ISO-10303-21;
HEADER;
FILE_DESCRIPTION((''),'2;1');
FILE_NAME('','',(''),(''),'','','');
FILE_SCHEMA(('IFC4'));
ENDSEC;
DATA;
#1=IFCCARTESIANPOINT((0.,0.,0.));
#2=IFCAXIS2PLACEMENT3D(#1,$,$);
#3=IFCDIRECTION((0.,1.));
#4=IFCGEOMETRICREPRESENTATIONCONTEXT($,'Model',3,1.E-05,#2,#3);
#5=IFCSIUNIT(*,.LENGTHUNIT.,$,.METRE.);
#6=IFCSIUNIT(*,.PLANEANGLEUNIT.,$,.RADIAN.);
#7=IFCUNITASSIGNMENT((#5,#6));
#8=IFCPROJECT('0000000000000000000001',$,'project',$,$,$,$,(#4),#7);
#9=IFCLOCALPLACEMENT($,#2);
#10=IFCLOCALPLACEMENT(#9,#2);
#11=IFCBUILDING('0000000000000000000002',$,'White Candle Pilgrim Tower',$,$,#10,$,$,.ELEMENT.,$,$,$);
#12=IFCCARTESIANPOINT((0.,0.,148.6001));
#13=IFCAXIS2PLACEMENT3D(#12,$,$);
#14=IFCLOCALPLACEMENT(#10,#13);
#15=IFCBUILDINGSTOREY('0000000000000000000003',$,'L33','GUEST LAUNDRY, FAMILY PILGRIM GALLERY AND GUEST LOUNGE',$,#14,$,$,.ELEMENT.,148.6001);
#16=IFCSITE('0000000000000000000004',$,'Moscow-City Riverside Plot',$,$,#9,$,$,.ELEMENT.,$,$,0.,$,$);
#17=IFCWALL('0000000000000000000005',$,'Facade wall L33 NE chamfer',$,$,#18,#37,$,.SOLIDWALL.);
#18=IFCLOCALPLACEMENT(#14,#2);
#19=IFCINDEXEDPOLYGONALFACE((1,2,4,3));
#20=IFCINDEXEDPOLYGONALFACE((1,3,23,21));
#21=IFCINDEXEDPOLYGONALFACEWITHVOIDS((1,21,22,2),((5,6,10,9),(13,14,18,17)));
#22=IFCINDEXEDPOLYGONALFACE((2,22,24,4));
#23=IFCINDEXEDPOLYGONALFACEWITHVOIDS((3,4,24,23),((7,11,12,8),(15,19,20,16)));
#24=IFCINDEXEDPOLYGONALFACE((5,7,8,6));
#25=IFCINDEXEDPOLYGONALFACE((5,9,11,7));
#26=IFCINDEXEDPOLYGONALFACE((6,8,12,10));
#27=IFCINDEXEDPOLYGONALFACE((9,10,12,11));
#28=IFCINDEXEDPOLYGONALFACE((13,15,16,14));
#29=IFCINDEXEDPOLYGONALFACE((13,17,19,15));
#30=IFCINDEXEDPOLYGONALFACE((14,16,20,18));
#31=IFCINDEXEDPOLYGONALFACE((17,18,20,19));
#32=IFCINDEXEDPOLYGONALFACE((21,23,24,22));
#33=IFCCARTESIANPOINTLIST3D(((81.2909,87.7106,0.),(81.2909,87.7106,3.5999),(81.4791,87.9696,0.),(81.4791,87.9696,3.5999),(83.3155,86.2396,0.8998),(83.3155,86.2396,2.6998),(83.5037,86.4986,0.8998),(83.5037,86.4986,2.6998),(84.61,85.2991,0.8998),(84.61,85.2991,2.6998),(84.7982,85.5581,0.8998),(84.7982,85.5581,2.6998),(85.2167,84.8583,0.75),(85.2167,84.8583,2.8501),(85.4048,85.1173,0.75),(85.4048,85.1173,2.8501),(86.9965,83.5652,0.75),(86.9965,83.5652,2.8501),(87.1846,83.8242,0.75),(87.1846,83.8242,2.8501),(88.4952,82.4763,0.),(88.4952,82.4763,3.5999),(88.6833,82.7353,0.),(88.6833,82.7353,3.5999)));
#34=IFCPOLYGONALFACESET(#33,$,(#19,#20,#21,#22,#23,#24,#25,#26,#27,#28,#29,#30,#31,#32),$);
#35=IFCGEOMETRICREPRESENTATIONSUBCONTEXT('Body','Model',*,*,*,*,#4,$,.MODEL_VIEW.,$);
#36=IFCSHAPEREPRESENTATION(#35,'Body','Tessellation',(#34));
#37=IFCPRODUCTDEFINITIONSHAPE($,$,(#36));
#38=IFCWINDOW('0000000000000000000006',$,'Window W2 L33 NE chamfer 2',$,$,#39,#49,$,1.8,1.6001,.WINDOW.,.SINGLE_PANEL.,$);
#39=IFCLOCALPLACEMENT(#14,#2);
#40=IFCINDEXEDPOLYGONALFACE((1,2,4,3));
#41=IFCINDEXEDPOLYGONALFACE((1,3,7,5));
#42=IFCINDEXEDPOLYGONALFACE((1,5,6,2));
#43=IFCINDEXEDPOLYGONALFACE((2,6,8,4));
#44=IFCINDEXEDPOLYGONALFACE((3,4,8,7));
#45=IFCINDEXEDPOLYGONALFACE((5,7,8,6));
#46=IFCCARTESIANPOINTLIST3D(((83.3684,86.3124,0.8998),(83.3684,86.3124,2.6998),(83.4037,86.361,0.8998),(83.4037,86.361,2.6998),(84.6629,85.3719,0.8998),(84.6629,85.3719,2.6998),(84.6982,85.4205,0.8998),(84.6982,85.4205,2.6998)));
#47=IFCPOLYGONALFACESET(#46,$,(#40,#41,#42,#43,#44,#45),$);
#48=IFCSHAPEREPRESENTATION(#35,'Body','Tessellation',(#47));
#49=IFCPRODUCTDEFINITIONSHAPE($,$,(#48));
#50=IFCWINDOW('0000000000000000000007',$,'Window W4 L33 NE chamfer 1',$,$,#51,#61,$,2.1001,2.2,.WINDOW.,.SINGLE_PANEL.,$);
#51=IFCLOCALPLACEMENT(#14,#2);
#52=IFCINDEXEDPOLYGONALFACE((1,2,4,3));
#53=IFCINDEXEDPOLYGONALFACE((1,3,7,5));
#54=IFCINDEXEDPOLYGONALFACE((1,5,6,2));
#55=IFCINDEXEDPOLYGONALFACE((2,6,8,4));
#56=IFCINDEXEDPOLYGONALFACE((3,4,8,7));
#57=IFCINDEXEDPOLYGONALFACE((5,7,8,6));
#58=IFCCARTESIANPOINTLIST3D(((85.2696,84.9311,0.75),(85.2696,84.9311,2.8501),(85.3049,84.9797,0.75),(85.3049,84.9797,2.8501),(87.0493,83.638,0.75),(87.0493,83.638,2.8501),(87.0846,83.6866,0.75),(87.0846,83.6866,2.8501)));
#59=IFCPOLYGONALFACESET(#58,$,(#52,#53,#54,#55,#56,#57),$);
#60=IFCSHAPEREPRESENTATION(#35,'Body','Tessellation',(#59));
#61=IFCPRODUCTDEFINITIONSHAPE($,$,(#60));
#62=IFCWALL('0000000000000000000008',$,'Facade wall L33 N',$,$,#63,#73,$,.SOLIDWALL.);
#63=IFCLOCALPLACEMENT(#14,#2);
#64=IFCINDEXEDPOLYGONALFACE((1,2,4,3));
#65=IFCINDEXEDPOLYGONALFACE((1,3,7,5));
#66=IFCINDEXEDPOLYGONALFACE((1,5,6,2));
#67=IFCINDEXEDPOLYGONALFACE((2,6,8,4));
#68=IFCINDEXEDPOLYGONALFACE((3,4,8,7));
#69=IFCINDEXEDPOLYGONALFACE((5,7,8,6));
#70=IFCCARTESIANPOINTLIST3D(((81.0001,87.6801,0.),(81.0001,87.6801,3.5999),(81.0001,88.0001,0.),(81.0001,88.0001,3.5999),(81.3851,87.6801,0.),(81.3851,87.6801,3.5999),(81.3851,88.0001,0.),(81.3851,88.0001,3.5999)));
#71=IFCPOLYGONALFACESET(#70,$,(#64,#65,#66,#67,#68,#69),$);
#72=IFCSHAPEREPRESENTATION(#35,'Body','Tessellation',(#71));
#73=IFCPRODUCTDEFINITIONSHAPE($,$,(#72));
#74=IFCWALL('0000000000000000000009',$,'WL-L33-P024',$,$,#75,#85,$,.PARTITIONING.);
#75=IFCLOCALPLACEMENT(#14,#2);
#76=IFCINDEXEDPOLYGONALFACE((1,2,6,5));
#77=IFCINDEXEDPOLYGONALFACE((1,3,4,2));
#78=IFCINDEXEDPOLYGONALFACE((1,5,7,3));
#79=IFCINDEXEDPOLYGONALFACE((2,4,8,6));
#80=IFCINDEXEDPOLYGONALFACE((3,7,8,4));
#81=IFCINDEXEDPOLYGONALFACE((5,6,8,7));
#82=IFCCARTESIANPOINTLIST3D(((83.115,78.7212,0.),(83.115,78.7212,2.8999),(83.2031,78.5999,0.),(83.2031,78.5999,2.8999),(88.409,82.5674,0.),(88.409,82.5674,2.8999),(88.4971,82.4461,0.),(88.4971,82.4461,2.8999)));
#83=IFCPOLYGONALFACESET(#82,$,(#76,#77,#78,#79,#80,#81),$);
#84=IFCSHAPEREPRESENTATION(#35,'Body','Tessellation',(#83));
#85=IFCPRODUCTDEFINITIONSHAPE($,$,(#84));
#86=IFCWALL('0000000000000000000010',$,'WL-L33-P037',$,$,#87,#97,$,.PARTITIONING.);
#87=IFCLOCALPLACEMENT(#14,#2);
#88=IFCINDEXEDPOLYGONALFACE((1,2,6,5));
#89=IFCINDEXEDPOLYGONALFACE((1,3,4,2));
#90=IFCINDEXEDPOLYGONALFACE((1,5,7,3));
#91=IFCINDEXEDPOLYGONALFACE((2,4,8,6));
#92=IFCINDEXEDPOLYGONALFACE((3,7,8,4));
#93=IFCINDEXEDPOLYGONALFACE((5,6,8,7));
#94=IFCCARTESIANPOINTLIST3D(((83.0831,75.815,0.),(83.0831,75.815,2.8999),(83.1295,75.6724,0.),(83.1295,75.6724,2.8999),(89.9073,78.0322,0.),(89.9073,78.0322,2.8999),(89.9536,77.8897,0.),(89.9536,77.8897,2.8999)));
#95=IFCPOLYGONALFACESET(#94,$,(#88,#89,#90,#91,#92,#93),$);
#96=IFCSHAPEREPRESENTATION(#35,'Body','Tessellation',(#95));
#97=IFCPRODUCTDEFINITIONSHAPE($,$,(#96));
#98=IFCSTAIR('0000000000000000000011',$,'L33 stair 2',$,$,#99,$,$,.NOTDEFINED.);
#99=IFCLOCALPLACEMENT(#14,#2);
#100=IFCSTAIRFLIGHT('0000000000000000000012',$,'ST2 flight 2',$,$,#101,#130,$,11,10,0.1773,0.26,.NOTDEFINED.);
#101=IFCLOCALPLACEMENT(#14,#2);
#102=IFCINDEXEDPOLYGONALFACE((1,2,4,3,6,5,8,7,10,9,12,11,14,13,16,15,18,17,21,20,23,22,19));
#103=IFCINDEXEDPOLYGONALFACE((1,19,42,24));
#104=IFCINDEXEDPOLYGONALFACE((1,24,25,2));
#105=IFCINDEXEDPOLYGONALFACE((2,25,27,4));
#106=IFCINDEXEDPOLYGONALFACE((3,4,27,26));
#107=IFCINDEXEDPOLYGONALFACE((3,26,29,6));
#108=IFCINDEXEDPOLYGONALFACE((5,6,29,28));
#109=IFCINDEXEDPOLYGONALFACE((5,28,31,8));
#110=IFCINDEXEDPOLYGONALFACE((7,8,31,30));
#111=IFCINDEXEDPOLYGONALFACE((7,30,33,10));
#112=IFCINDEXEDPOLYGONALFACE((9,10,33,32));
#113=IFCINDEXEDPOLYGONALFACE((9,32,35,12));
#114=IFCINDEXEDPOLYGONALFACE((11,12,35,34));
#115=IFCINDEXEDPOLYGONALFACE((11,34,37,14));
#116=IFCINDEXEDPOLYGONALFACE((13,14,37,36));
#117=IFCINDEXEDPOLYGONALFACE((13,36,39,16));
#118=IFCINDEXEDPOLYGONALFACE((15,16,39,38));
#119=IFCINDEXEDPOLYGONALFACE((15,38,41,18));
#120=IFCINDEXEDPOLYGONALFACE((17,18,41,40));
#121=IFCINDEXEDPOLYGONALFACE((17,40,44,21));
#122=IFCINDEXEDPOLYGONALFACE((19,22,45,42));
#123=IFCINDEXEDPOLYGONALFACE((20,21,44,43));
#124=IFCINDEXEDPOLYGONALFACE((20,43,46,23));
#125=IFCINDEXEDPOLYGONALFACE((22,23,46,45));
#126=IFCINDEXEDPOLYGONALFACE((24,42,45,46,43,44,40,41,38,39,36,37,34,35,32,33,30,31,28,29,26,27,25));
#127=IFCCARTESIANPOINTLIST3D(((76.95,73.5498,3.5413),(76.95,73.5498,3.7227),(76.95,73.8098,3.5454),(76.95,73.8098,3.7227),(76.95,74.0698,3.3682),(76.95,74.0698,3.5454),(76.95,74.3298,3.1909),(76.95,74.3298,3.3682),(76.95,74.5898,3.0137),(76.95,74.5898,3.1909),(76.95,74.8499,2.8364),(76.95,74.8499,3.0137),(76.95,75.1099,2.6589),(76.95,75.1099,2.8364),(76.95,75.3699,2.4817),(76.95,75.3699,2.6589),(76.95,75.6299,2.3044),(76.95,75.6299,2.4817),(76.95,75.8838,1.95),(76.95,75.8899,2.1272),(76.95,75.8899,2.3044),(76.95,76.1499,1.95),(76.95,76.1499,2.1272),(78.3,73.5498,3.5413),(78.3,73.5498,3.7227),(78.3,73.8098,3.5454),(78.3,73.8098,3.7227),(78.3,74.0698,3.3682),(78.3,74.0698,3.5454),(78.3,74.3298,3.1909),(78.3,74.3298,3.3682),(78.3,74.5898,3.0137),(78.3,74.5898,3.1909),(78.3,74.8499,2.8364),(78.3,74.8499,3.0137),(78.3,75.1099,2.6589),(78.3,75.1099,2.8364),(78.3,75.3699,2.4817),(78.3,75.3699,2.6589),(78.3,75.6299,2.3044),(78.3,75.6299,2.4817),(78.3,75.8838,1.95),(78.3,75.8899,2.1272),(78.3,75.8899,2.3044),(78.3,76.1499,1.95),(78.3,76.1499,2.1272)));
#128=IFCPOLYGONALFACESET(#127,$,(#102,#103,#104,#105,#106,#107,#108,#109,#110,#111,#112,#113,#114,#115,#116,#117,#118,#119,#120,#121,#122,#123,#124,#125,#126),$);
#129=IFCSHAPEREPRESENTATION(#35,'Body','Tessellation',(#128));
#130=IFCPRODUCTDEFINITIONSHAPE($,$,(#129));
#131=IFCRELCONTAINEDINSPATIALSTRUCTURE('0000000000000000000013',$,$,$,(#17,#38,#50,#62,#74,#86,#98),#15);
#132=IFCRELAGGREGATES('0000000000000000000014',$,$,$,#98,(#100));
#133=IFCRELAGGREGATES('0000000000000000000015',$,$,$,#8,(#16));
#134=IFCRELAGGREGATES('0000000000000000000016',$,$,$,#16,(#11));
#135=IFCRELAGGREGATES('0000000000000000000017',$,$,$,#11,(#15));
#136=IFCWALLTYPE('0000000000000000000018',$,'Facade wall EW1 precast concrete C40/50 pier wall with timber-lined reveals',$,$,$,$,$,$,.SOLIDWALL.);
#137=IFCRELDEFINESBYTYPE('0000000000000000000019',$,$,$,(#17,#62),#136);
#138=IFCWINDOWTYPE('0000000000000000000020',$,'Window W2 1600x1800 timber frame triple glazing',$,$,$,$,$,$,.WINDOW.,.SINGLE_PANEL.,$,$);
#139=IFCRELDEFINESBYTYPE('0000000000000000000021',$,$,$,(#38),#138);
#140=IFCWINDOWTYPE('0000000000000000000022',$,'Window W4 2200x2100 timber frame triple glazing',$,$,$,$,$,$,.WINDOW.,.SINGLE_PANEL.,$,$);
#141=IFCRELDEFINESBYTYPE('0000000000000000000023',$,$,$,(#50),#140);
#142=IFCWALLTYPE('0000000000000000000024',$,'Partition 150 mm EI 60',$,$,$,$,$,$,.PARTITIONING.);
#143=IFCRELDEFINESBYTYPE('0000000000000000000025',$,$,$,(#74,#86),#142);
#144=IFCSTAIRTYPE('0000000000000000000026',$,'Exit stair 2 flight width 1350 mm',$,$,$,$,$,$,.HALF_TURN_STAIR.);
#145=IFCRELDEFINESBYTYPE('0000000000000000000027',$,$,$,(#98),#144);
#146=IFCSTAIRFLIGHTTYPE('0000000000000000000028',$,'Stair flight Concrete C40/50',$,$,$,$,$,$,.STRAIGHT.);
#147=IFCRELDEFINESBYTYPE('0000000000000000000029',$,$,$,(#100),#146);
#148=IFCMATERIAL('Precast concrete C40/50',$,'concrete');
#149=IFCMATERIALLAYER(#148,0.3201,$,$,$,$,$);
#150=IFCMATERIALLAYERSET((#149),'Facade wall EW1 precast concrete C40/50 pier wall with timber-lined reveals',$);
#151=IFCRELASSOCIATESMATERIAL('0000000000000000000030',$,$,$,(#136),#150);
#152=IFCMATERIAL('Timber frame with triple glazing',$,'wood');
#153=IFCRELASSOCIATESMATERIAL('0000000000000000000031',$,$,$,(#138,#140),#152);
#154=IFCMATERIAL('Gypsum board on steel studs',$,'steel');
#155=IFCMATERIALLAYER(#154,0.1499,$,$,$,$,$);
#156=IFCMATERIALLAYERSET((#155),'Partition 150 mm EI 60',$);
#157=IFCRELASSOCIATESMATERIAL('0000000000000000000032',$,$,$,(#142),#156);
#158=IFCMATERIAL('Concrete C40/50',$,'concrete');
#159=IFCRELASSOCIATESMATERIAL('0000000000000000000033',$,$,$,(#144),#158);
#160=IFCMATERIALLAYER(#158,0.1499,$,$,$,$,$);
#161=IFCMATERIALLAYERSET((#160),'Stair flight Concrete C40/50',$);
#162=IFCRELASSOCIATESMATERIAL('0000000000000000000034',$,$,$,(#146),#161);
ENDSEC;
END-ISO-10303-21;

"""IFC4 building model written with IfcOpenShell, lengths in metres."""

from ifc_helpers import new_model, si_unit, direction, frame, frame_2d, origin, place, context, subcontext, project, spatial, polyline, rectangle, outline, extrude, material, layer, layer_set, type_object, element, fill, aggregate, save


model = new_model("IFC4")

# Units and contexts
model_context = context("Model", 3, precision=1e-05, world=origin(), true_north=direction((0.0, 1.0)))
body_context = subcontext(model_context, "Body", "Model", "MODEL_VIEW")
ifc_project = project(units=[si_unit("LENGTHUNIT", "METRE"), si_unit("PLANEANGLEUNIT", "RADIAN")], contexts=[model_context])

# Site, building, storey
site_placement = place(None, origin())
site = spatial("IfcSite", under=ifc_project, at=site_placement, Name="Moscow-City Riverside Plot", CompositionType="ELEMENT", RefElevation=0.0)
building_placement = place(site_placement, origin())
building = spatial("IfcBuilding", under=site, at=building_placement, Name="White Candle Pilgrim Tower", CompositionType="ELEMENT")
storey_placement = place(building_placement, frame((0.0, 0.0, 148.6001)))
storey = spatial("IfcBuildingStorey", under=building, at=storey_placement, Name="L33", Description="GUEST LAUNDRY, FAMILY PILGRIM GALLERY AND GUEST LOUNGE", CompositionType="ELEMENT", Elevation=148.6001)

# Shared definitions
ifc_material_1 = material(Name="Gypsum board on steel studs", Category="steel")

# Wall, openings, windows
ifc_material_2 = material(Name="Precast concrete C40/50", Category="concrete")
ifc_layer_1 = layer(ifc_material_2, 0.3201)
ifc_layer_set_1 = layer_set([ifc_layer_1], Name="Facade wall EW1 precast concrete C40/50 pier wall with timber-lined reveals")
wall_type_1 = type_object("IfcWallType", Name="Facade wall EW1 precast concrete C40/50 pier wall with timber-lined reveals", PredefinedType="SOLIDWALL", material=ifc_layer_set_1)
wall_1_placement = place(storey_placement, frame((88.5894, 82.6057, 0.0), z_axis=(0.0, 0.0, 1.0), x_axis=(-0.809011, 0.587793, 0.0)))
wall_1 = element("IfcWall", 1, at=wall_1_placement, inside=storey, type_object=wall_type_1, Name="Facade wall L33 NE chamfer", PredefinedType="SOLIDWALL", context=body_context, shape_type="SweptSolid", body=[
    extrude(rectangle(XDim=8.905, YDim=0.3201, at=frame_2d((4.4526, 0.0))), origin(), (0.0, 0.0, 1.0), 3.5999),
])
opening_1_placement = place(wall_1_placement, frame((1.8525, 0.0, 0.75)))
opening_1 = element("IfcOpeningElement", 2, at=opening_1_placement, cuts=wall_1, PredefinedType="OPENING", context=body_context, shape_type="SweptSolid", body=[
    extrude(rectangle(XDim=2.2, YDim=2.1001, at=frame_2d((1.1001, 1.05))), frame((0.0, 0.1699, 0.0), z_axis=(0.0, -1.0, 0.0), x_axis=(1.0, 0.0, 0.0)), (0.0, 0.0, 1.0), 0.3401),
])
opening_2_placement = place(wall_1_placement, frame((4.8025, 0.0, 0.8999)))
opening_2 = element("IfcOpeningElement", 3, at=opening_2_placement, cuts=wall_1, PredefinedType="OPENING", context=body_context, shape_type="SweptSolid", body=[
    extrude(rectangle(XDim=1.6001, YDim=1.8, at=frame_2d((0.8, 0.8999))), frame((0.0, 0.1699, 0.0), z_axis=(0.0, -1.0, 0.0), x_axis=(1.0, 0.0, 0.0)), (0.0, 0.0, 1.0), 0.3401),
])
ifc_material_3 = material(Name="Timber frame with triple glazing", Category="wood")
window_type_1 = type_object("IfcWindowType", Name="Window W2 1600x1800 timber frame triple glazing", PartitioningType="SINGLE_PANEL", PredefinedType="WINDOW", material=ifc_material_3)
window_1_placement = place(opening_2_placement, origin())
window_1 = element("IfcWindow", 4, at=window_1_placement, inside=storey, type_object=window_type_1, Name="Window W2 L33 NE chamfer 2", OverallHeight=1.8, OverallWidth=1.6001, PartitioningType="SINGLE_PANEL", PredefinedType="WINDOW", context=body_context, shape_type="SweptSolid", body=[
    extrude(rectangle(XDim=1.6001, YDim=1.8, at=frame_2d((0.8, 0.8999))), frame((0.0, 0.0701, 0.0), z_axis=(0.0, -1.0, 0.0), x_axis=(1.0, 0.0, 0.0)), (0.0, 0.0, 1.0), 0.0601),
])
fill(opening_2, window_1)
window_type_2 = type_object("IfcWindowType", Name="Window W4 2200x2100 timber frame triple glazing", PartitioningType="SINGLE_PANEL", PredefinedType="WINDOW", material=ifc_material_3)
window_2_placement = place(opening_1_placement, origin())
window_2 = element("IfcWindow", 5, at=window_2_placement, inside=storey, type_object=window_type_2, Name="Window W4 L33 NE chamfer 1", OverallHeight=2.1001, OverallWidth=2.2, PartitioningType="SINGLE_PANEL", PredefinedType="WINDOW", context=body_context, shape_type="SweptSolid", body=[
    extrude(rectangle(XDim=2.2, YDim=2.1001, at=frame_2d((1.1001, 1.05))), frame((0.0, 0.0701, 0.0), z_axis=(0.0, -1.0, 0.0), x_axis=(1.0, 0.0, 0.0)), (0.0, 0.0, 1.0), 0.0601),
])
fill(opening_1, window_2)

# Walls
wall_2_placement = place(storey_placement, frame((81.385, 87.8401, 0.0), z_axis=(0.0, 0.0, 1.0), x_axis=(-1.0, 0.0, 0.0)))
element("IfcWall", 6, at=wall_2_placement, inside=storey, type_object=wall_type_1, Name="Facade wall L33 N", PredefinedType="SOLIDWALL", context=body_context, shape_type="SweptSolid", body=[
    extrude(rectangle(XDim=0.385, YDim=0.3201, at=frame_2d((0.1924, 0.0))), origin(), (0.0, 0.0, 1.0), 3.5999),
])
ifc_layer_2 = layer(ifc_material_1, 0.1499)
ifc_layer_set_2 = layer_set([ifc_layer_2], Name="Partition 150 mm EI 60")
wall_type_2 = type_object("IfcWallType", Name="Partition 150 mm EI 60", PredefinedType="PARTITIONING", material=ifc_layer_set_2)
wall_3_placement = place(storey_placement, frame((88.4531, 82.5068, 0.0), z_axis=(0.0, 0.0, 1.0), x_axis=(-0.809023, -0.587777, 0.0)))
element("IfcWall", 7, at=wall_3_placement, inside=storey, type_object=wall_type_2, Name="WL-L33-P024", PredefinedType="PARTITIONING", context=body_context, shape_type="SweptSolid", body=[
    extrude(rectangle(XDim=6.5437, YDim=0.1499, at=frame_2d((3.272, 0.0))), origin(), (0.0, 0.0, 1.0), 2.8999),
])
wall_4_placement = place(storey_placement, frame((89.9304, 77.9609, 0.0), z_axis=(0.0, 0.0, 1.0), x_axis=(-0.951058, -0.309012, 0.0)))
element("IfcWall", 8, at=wall_4_placement, inside=storey, type_object=wall_type_2, Name="WL-L33-P037", PredefinedType="PARTITIONING", context=body_context, shape_type="SweptSolid", body=[
    extrude(rectangle(XDim=7.1753, YDim=0.1499, at=frame_2d((3.5876, 0.0))), origin(), (0.0, 0.0, 1.0), 2.8999),
])

# Stair, stair flight
ifc_material_4 = material(Name="Concrete C40/50", Category="concrete")
stair_type = type_object("IfcStairType", Name="Exit stair 2 flight width 1350 mm", PredefinedType="HALF_TURN_STAIR", material=ifc_material_4)
stair_placement = place(storey_placement, origin())
stair = element("IfcStair", 9, at=stair_placement, inside=storey, type_object=stair_type, Name="L33 stair 2", PredefinedType="NOTDEFINED")
ifc_layer_3 = layer(ifc_material_4, 0.1499)
ifc_layer_set_3 = layer_set([ifc_layer_3], Name="Stair flight Concrete C40/50")
stair_flight_type = type_object("IfcStairFlightType", Name="Stair flight Concrete C40/50", PredefinedType="STRAIGHT", material=ifc_layer_set_3)
stair_flight_placement = place(storey_placement, frame((77.625, 76.1499, 1.95), z_axis=(0.0, 0.0, 1.0), x_axis=(0.0, -1.0, 0.0)))
stair_flight = element("IfcStairFlight", 10, at=stair_flight_placement, type_object=stair_flight_type, Name="ST2 flight 2", NumberOfRisers=11, NumberOfTreads=10, PredefinedType="NOTDEFINED", RiserHeight=0.1773, TreadLength=0.26, context=body_context, shape_type="SweptSolid", body=[
    extrude(outline(polyline([(0.0, 0.0), (0.0, 0.1772), (0.26, 0.1772), (0.26, 0.3545), (0.52, 0.3545), (0.52, 0.5317), (0.78, 0.5317), (0.78, 0.709), (1.04, 0.709), (1.04, 0.8865), (1.3, 0.8865), (1.3, 1.0637), (1.5601, 1.0637), (1.5601, 1.241), (1.8201, 1.241), (1.8201, 1.4182), (2.0801, 1.4182), (2.0801, 1.5955), (2.3401, 1.5955), (2.3401, 1.7727), (2.6001, 1.7727), (2.6001, 1.95), (2.6001, 1.5913), (0.2661, 0.0), (0.0, 0.0)])), frame((0.0, 0.675, 0.0), z_axis=(0.0, -1.0, 0.0), x_axis=(1.0, 0.0, 0.0)), (0.0, 0.0, 1.0), 1.3501),
])
aggregate(stair, [stair_flight])

save(model, "model.ifc")
